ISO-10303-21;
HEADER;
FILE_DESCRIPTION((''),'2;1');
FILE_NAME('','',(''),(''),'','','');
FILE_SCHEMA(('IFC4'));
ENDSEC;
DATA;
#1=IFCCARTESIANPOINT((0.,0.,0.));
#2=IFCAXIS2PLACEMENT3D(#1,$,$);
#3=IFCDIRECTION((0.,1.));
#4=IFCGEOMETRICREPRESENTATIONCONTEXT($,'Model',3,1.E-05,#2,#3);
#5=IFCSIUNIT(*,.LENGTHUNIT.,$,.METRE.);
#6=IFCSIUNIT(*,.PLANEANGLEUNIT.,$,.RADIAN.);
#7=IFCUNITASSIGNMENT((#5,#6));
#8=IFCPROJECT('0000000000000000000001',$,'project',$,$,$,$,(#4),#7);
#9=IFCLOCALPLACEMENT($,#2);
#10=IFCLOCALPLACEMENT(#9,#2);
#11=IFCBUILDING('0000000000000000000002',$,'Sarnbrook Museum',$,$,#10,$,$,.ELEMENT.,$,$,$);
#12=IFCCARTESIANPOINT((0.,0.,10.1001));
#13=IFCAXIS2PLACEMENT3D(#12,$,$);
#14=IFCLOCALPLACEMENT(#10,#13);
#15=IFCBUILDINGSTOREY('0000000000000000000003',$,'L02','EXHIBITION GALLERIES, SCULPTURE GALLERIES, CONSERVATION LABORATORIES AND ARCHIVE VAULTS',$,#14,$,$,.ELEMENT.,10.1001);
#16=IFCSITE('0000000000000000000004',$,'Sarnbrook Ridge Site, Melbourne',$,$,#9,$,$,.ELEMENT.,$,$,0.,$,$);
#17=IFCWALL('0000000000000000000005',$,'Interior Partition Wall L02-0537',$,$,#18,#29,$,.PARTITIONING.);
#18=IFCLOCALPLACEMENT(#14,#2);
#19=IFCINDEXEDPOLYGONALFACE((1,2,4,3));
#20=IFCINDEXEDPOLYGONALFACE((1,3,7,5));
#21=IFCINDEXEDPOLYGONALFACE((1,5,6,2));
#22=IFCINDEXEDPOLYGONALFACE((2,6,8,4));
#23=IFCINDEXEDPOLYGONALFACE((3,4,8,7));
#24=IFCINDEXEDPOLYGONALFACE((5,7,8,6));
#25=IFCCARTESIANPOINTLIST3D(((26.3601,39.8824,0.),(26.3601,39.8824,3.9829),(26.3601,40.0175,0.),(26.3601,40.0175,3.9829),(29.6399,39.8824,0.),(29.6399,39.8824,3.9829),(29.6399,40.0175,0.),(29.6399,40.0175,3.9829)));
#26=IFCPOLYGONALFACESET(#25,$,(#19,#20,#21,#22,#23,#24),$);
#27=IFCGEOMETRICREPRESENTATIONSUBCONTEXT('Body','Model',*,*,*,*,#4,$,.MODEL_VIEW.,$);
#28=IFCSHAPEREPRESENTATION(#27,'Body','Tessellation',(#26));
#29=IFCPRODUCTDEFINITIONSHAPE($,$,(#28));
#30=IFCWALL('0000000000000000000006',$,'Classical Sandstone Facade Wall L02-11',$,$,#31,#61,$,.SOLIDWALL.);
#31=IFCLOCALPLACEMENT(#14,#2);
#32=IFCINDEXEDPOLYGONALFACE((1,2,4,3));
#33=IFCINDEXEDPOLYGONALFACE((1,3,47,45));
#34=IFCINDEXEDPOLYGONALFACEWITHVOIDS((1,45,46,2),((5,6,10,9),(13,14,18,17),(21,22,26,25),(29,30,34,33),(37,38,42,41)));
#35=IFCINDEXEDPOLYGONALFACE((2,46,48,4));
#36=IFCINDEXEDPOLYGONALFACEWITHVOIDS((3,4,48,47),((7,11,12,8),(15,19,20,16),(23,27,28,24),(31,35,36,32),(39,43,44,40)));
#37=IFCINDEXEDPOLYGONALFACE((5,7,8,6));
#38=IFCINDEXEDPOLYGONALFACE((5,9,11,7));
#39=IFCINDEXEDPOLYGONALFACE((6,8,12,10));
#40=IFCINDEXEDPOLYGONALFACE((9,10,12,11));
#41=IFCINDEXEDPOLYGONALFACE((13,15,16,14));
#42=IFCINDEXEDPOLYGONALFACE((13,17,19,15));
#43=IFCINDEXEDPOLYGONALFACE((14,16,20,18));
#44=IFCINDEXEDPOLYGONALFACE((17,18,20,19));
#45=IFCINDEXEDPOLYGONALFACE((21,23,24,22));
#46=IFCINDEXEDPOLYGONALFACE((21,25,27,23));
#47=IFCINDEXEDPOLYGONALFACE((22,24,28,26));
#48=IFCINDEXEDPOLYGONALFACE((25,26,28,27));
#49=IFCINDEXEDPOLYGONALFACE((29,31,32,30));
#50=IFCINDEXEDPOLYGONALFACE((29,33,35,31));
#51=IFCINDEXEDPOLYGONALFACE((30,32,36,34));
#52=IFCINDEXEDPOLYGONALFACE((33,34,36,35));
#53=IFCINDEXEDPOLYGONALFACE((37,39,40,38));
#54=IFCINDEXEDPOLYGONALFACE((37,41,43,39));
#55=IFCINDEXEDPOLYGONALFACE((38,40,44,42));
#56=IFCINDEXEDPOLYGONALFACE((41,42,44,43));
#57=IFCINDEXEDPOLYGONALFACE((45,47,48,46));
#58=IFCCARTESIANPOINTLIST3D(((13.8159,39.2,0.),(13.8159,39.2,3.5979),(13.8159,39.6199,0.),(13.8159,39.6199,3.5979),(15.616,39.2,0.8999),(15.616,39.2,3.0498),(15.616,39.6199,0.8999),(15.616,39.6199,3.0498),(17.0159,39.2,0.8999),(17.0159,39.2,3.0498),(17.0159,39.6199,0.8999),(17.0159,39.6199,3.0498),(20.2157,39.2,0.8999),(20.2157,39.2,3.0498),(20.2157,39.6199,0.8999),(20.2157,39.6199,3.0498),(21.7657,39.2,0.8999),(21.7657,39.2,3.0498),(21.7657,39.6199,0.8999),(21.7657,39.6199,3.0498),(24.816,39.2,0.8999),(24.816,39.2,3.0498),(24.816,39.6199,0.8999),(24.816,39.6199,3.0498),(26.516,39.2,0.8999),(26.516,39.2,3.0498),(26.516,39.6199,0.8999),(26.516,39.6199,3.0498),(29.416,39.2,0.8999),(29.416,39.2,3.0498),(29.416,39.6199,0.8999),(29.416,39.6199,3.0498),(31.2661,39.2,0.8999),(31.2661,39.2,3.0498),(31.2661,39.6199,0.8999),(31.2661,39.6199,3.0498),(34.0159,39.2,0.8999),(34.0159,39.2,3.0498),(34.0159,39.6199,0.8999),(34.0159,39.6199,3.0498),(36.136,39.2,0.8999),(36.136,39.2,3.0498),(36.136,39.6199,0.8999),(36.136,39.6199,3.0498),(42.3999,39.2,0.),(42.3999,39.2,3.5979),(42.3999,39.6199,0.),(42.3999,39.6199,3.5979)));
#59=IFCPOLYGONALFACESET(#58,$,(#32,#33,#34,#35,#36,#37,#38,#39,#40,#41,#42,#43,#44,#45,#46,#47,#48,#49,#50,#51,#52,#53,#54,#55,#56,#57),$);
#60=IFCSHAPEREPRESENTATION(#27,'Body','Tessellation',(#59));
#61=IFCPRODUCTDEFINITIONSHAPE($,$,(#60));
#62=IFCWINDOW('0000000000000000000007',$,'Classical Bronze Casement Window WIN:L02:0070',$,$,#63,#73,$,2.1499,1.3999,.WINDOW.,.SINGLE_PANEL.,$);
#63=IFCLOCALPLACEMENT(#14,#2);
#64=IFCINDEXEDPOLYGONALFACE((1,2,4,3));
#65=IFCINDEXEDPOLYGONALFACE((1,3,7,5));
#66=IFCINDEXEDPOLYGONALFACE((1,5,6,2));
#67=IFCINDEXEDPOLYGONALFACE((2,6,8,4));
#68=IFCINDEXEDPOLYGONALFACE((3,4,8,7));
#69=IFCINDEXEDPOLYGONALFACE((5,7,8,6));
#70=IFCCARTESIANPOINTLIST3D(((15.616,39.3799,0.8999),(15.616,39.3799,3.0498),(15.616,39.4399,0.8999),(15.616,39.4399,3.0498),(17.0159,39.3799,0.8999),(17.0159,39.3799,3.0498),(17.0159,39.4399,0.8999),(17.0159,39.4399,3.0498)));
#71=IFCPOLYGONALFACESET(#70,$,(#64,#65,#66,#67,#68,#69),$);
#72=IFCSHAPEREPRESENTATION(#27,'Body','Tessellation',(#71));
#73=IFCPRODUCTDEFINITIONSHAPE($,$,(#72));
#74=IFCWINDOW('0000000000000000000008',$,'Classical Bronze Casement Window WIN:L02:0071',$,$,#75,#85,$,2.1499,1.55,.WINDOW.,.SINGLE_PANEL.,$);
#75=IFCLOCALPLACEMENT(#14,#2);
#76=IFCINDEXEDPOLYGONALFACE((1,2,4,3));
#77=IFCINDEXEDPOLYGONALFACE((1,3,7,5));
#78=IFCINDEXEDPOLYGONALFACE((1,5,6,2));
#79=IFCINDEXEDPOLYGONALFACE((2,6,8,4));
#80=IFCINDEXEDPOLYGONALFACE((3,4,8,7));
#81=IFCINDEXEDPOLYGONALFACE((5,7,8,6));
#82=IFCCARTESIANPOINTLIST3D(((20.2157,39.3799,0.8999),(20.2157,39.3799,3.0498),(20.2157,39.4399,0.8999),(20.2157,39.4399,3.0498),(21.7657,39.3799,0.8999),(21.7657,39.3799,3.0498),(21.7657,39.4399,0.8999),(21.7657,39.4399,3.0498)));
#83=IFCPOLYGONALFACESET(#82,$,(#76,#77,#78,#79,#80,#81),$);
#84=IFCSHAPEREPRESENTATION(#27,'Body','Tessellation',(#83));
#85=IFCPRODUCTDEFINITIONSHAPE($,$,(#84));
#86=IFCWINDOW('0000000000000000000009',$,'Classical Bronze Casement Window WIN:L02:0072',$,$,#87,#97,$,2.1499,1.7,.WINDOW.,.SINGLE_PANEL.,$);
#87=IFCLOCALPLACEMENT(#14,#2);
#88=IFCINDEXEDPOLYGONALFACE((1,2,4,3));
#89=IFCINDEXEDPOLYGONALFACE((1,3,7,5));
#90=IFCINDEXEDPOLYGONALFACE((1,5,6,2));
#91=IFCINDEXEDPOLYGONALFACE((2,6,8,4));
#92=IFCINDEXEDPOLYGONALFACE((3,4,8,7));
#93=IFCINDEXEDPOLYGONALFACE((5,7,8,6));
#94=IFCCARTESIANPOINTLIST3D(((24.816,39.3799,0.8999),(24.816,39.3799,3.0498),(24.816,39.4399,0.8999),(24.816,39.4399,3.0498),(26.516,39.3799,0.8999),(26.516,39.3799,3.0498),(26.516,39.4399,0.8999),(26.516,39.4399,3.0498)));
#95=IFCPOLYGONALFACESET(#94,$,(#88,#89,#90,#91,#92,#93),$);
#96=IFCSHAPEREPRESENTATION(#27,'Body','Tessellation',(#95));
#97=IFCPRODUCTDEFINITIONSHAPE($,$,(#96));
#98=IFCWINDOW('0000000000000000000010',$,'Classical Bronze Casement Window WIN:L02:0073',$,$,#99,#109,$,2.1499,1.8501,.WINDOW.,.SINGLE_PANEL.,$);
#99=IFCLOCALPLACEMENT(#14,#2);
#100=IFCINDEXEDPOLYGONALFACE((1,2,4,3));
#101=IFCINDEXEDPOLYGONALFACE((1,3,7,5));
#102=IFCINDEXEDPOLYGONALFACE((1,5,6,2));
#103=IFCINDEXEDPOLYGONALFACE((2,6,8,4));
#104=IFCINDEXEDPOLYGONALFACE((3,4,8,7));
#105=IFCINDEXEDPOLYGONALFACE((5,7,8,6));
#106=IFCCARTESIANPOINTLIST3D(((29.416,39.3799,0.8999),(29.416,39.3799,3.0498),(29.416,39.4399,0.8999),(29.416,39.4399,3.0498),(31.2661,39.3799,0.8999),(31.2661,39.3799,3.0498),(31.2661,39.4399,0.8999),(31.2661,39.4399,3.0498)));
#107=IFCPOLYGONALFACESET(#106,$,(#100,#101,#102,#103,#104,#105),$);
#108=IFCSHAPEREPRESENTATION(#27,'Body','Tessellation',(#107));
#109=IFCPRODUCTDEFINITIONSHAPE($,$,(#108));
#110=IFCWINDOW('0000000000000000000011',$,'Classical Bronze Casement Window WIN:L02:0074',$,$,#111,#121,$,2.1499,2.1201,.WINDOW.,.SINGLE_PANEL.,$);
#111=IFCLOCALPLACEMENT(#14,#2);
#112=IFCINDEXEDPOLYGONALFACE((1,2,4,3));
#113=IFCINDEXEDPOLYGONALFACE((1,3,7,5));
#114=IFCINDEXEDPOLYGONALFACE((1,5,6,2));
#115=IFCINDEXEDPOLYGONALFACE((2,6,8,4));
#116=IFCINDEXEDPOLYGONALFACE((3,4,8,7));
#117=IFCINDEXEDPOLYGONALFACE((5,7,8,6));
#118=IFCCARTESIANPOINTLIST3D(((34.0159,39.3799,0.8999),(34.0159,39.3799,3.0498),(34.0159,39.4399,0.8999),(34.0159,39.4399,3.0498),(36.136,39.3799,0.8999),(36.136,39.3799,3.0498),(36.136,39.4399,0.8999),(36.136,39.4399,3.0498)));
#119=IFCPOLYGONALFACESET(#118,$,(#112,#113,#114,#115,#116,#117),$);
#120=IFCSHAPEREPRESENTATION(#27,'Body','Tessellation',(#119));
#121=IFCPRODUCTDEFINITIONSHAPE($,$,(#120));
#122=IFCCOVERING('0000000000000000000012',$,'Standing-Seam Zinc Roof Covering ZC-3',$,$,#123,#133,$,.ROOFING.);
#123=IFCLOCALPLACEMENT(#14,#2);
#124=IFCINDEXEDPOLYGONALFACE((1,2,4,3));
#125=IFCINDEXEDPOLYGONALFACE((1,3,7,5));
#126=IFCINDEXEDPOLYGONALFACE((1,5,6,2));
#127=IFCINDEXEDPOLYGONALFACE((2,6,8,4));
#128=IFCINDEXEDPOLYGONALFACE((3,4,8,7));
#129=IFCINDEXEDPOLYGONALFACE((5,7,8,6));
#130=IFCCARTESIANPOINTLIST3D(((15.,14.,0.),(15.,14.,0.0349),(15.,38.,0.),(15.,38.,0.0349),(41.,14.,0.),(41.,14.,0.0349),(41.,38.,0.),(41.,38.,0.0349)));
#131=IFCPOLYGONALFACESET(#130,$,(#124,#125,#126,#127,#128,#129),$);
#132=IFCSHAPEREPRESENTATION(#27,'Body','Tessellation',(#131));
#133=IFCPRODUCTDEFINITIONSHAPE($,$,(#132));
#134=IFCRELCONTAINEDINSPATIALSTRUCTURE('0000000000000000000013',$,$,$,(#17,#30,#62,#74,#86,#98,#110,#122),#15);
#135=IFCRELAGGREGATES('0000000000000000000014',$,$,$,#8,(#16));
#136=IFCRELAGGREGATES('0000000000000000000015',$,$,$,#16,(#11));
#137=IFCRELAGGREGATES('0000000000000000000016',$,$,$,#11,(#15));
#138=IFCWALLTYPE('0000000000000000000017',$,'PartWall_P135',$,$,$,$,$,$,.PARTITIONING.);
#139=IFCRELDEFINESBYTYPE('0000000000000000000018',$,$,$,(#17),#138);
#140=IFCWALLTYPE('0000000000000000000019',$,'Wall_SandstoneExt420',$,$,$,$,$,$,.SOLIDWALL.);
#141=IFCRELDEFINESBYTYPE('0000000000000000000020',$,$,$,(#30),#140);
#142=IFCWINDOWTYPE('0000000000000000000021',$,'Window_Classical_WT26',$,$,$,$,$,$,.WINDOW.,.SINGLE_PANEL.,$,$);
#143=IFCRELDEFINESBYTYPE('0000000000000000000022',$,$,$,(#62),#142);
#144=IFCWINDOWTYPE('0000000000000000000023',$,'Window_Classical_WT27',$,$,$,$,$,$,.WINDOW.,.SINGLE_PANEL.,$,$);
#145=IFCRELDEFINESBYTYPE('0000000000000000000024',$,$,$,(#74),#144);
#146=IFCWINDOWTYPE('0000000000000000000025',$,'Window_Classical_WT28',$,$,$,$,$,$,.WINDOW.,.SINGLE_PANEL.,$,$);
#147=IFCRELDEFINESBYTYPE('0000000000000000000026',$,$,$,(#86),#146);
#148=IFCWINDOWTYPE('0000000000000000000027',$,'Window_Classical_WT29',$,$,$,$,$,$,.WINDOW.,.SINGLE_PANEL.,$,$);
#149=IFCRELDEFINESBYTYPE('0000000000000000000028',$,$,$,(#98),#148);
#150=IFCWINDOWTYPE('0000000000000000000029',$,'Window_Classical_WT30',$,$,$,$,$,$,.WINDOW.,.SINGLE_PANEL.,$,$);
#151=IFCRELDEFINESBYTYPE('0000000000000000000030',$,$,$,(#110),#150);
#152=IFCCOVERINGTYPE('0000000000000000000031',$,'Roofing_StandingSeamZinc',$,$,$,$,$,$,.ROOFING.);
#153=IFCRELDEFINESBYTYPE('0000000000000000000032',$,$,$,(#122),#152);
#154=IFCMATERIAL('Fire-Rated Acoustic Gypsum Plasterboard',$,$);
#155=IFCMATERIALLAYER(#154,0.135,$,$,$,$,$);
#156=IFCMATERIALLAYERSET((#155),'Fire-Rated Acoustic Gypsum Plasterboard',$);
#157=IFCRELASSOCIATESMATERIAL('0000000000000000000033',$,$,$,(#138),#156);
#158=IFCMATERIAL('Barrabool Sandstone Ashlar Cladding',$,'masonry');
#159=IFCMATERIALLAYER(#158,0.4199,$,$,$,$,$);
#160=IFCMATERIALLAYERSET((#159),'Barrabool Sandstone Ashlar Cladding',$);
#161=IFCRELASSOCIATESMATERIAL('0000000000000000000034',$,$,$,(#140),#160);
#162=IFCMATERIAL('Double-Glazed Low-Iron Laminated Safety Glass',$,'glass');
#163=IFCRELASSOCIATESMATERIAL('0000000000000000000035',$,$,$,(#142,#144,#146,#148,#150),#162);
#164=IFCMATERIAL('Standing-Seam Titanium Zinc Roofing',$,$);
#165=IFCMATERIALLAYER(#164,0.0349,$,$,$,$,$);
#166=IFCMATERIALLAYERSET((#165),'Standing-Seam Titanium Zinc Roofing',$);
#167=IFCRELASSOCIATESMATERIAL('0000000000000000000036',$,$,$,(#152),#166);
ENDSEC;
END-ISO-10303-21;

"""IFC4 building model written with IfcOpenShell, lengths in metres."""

from ifc_helpers import new_model, si_unit, direction, frame, frame_2d, origin, origin_2d, place, context, subcontext, project, spatial, rectangle, extrude, material, layer, layer_set, type_object, element, fill, save


model = new_model("IFC4")

# Units and contexts
model_context = context("Model", 3, precision=1e-05, world=origin(), true_north=direction((0.0, 1.0)))
body_context = subcontext(model_context, "Body", "Model", "MODEL_VIEW")
ifc_project = project(units=[si_unit("LENGTHUNIT", "METRE"), si_unit("PLANEANGLEUNIT", "RADIAN")], contexts=[model_context])

# Site, building, storey
site_placement = place(None, origin())
site = spatial("IfcSite", under=ifc_project, at=site_placement, Name="Sarnbrook Ridge Site, Melbourne", CompositionType="ELEMENT", RefElevation=0.0)
building_placement = place(site_placement, origin())
building = spatial("IfcBuilding", under=site, at=building_placement, Name="Sarnbrook Museum", CompositionType="ELEMENT")
storey_placement = place(building_placement, frame((0.0, 0.0, 10.1001)))
storey = spatial("IfcBuildingStorey", under=building, at=storey_placement, Name="L02", Description="EXHIBITION GALLERIES, SCULPTURE GALLERIES, CONSERVATION LABORATORIES AND ARCHIVE VAULTS", CompositionType="ELEMENT", Elevation=10.1001)

# Wall
ifc_material_1 = material(Name="Fire-Rated Acoustic Gypsum Plasterboard")
ifc_layer_1 = layer(ifc_material_1, 0.135)
ifc_layer_set_1 = layer_set([ifc_layer_1], Name="Fire-Rated Acoustic Gypsum Plasterboard")
wall_type_1 = type_object("IfcWallType", Name="PartWall_P135", PredefinedType="PARTITIONING", material=ifc_layer_set_1)
wall_1_placement = place(storey_placement, frame((26.3601, 39.95, 0.0), z_axis=(0.0, 0.0, 1.0), x_axis=(1.0, 0.0, 0.0)))
element("IfcWall", 1, at=wall_1_placement, inside=storey, type_object=wall_type_1, Name="Interior Partition Wall L02-0537", PredefinedType="PARTITIONING", context=body_context, shape_type="SweptSolid", body=[
    extrude(rectangle(XDim=3.2798, YDim=0.135, at=frame_2d((1.6399, 0.0))), origin(), (0.0, 0.0, 1.0), 3.9829),
])

# Wall, openings, windows
ifc_material_2 = material(Name="Barrabool Sandstone Ashlar Cladding", Category="masonry")
ifc_layer_2 = layer(ifc_material_2, 0.4199)
ifc_layer_set_2 = layer_set([ifc_layer_2], Name="Barrabool Sandstone Ashlar Cladding")
wall_type_2 = type_object("IfcWallType", Name="Wall_SandstoneExt420", PredefinedType="SOLIDWALL", material=ifc_layer_set_2)
wall_2_placement = place(storey_placement, frame((13.8159, 39.4099, 0.0), z_axis=(0.0, 0.0, 1.0), x_axis=(1.0, 0.0, 0.0)))
wall_2 = element("IfcWall", 2, at=wall_2_placement, inside=storey, type_object=wall_type_2, Name="Classical Sandstone Facade Wall L02-11", PredefinedType="SOLIDWALL", context=body_context, shape_type="SweptSolid", body=[
    extrude(rectangle(XDim=28.584, YDim=0.4199, at=frame_2d((14.292, 0.0))), origin(), (0.0, 0.0, 1.0), 3.5979),
])
opening_1_placement = place(wall_2_placement, frame((1.8, 0.0, 0.8999)))
opening_1 = element("IfcOpeningElement", 3, at=opening_1_placement, cuts=wall_2, PredefinedType="OPENING", context=body_context, shape_type="SweptSolid", body=[
    extrude(rectangle(XDim=1.3999, YDim=2.1499, at=frame_2d((0.7, 1.075))), frame((0.0, 0.22, 0.0), z_axis=(0.0, -1.0, 0.0), x_axis=(1.0, 0.0, 0.0)), (0.0, 0.0, 1.0), 0.4399),
])
opening_2_placement = place(wall_2_placement, frame((6.3999, 0.0, 0.8999)))
opening_2 = element("IfcOpeningElement", 4, at=opening_2_placement, cuts=wall_2, PredefinedType="OPENING", context=body_context, shape_type="SweptSolid", body=[
    extrude(rectangle(XDim=1.55, YDim=2.1499, at=frame_2d((0.7749, 1.075))), frame((0.0, 0.22, 0.0), z_axis=(0.0, -1.0, 0.0), x_axis=(1.0, 0.0, 0.0)), (0.0, 0.0, 1.0), 0.4399),
])
opening_3_placement = place(wall_2_placement, frame((11.0, 0.0, 0.8999)))
opening_3 = element("IfcOpeningElement", 5, at=opening_3_placement, cuts=wall_2, PredefinedType="OPENING", context=body_context, shape_type="SweptSolid", body=[
    extrude(rectangle(XDim=1.7, YDim=2.1499, at=frame_2d((0.8501, 1.075))), frame((0.0, 0.22, 0.0), z_axis=(0.0, -1.0, 0.0), x_axis=(1.0, 0.0, 0.0)), (0.0, 0.0, 1.0), 0.4399),
])
opening_4_placement = place(wall_2_placement, frame((15.6001, 0.0, 0.8999)))
opening_4 = element("IfcOpeningElement", 6, at=opening_4_placement, cuts=wall_2, PredefinedType="OPENING", context=body_context, shape_type="SweptSolid", body=[
    extrude(rectangle(XDim=1.8501, YDim=2.1499, at=frame_2d((0.925, 1.075))), frame((0.0, 0.22, 0.0), z_axis=(0.0, -1.0, 0.0), x_axis=(1.0, 0.0, 0.0)), (0.0, 0.0, 1.0), 0.4399),
])
opening_5_placement = place(wall_2_placement, frame((20.2, 0.0, 0.8999)))
opening_5 = element("IfcOpeningElement", 7, at=opening_5_placement, cuts=wall_2, PredefinedType="OPENING", context=body_context, shape_type="SweptSolid", body=[
    extrude(rectangle(XDim=2.1201, YDim=2.1499, at=frame_2d((1.0601, 1.075))), frame((0.0, 0.22, 0.0), z_axis=(0.0, -1.0, 0.0), x_axis=(1.0, 0.0, 0.0)), (0.0, 0.0, 1.0), 0.4399),
])
ifc_material_3 = material(Name="Double-Glazed Low-Iron Laminated Safety Glass", Category="glass")
window_type_1 = type_object("IfcWindowType", Name="Window_Classical_WT26", PartitioningType="SINGLE_PANEL", PredefinedType="WINDOW", material=ifc_material_3)
window_1_placement = place(opening_1_placement, origin())
window_1 = element("IfcWindow", 8, at=window_1_placement, inside=storey, type_object=window_type_1, Name="Classical Bronze Casement Window WIN:L02:0070", OverallHeight=2.1499, OverallWidth=1.3999, PartitioningType="SINGLE_PANEL", PredefinedType="WINDOW", context=body_context, shape_type="SweptSolid", body=[
    extrude(rectangle(XDim=1.3999, YDim=2.1499, at=frame_2d((0.7, 1.075))), frame((0.0, 0.03, 0.0), z_axis=(0.0, -1.0, 0.0), x_axis=(1.0, 0.0, 0.0)), (0.0, 0.0, 1.0), 0.0601),
])
fill(opening_1, window_1)
window_type_2 = type_object("IfcWindowType", Name="Window_Classical_WT27", PartitioningType="SINGLE_PANEL", PredefinedType="WINDOW", material=ifc_material_3)
window_2_placement = place(opening_2_placement, origin())
window_2 = element("IfcWindow", 9, at=window_2_placement, inside=storey, type_object=window_type_2, Name="Classical Bronze Casement Window WIN:L02:0071", OverallHeight=2.1499, OverallWidth=1.55, PartitioningType="SINGLE_PANEL", PredefinedType="WINDOW", context=body_context, shape_type="SweptSolid", body=[
    extrude(rectangle(XDim=1.55, YDim=2.1499, at=frame_2d((0.7749, 1.075))), frame((0.0, 0.03, 0.0), z_axis=(0.0, -1.0, 0.0), x_axis=(1.0, 0.0, 0.0)), (0.0, 0.0, 1.0), 0.0601),
])
fill(opening_2, window_2)
window_type_3 = type_object("IfcWindowType", Name="Window_Classical_WT28", PartitioningType="SINGLE_PANEL", PredefinedType="WINDOW", material=ifc_material_3)
window_3_placement = place(opening_3_placement, origin())
window_3 = element("IfcWindow", 10, at=window_3_placement, inside=storey, type_object=window_type_3, Name="Classical Bronze Casement Window WIN:L02:0072", OverallHeight=2.1499, OverallWidth=1.7, PartitioningType="SINGLE_PANEL", PredefinedType="WINDOW", context=body_context, shape_type="SweptSolid", body=[
    extrude(rectangle(XDim=1.7, YDim=2.1499, at=frame_2d((0.8501, 1.075))), frame((0.0, 0.03, 0.0), z_axis=(0.0, -1.0, 0.0), x_axis=(1.0, 0.0, 0.0)), (0.0, 0.0, 1.0), 0.0601),
])
fill(opening_3, window_3)
window_type_4 = type_object("IfcWindowType", Name="Window_Classical_WT29", PartitioningType="SINGLE_PANEL", PredefinedType="WINDOW", material=ifc_material_3)
window_4_placement = place(opening_4_placement, origin())
window_4 = element("IfcWindow", 11, at=window_4_placement, inside=storey, type_object=window_type_4, Name="Classical Bronze Casement Window WIN:L02:0073", OverallHeight=2.1499, OverallWidth=1.8501, PartitioningType="SINGLE_PANEL", PredefinedType="WINDOW", context=body_context, shape_type="SweptSolid", body=[
    extrude(rectangle(XDim=1.8501, YDim=2.1499, at=frame_2d((0.925, 1.075))), frame((0.0, 0.03, 0.0), z_axis=(0.0, -1.0, 0.0), x_axis=(1.0, 0.0, 0.0)), (0.0, 0.0, 1.0), 0.0601),
])
fill(opening_4, window_4)
window_type_5 = type_object("IfcWindowType", Name="Window_Classical_WT30", PartitioningType="SINGLE_PANEL", PredefinedType="WINDOW", material=ifc_material_3)
window_5_placement = place(opening_5_placement, origin())
window_5 = element("IfcWindow", 12, at=window_5_placement, inside=storey, type_object=window_type_5, Name="Classical Bronze Casement Window WIN:L02:0074", OverallHeight=2.1499, OverallWidth=2.1201, PartitioningType="SINGLE_PANEL", PredefinedType="WINDOW", context=body_context, shape_type="SweptSolid", body=[
    extrude(rectangle(XDim=2.1201, YDim=2.1499, at=frame_2d((1.0601, 1.075))), frame((0.0, 0.03, 0.0), z_axis=(0.0, -1.0, 0.0), x_axis=(1.0, 0.0, 0.0)), (0.0, 0.0, 1.0), 0.0601),
])
fill(opening_5, window_5)

# Covering
ifc_material_4 = material(Name="Standing-Seam Titanium Zinc Roofing")
ifc_layer_3 = layer(ifc_material_4, 0.0349)
ifc_layer_set_3 = layer_set([ifc_layer_3], Name="Standing-Seam Titanium Zinc Roofing")
covering_type = type_object("IfcCoveringType", Name="Roofing_StandingSeamZinc", PredefinedType="ROOFING", material=ifc_layer_set_3)
covering_placement = place(storey_placement, frame((28.0, 26.0, 0.0), z_axis=(0.0, 0.0, 1.0), x_axis=(1.0, 0.0, 0.0)))
element("IfcCovering", 13, at=covering_placement, inside=storey, type_object=covering_type, Name="Standing-Seam Zinc Roof Covering ZC-3", PredefinedType="ROOFING", context=body_context, shape_type="SweptSolid", body=[
    extrude(rectangle(XDim=26.0, YDim=24.0, at=origin_2d()), origin(), (0.0, 0.0, 1.0), 0.0349),
])

save(model, "model.ifc")
